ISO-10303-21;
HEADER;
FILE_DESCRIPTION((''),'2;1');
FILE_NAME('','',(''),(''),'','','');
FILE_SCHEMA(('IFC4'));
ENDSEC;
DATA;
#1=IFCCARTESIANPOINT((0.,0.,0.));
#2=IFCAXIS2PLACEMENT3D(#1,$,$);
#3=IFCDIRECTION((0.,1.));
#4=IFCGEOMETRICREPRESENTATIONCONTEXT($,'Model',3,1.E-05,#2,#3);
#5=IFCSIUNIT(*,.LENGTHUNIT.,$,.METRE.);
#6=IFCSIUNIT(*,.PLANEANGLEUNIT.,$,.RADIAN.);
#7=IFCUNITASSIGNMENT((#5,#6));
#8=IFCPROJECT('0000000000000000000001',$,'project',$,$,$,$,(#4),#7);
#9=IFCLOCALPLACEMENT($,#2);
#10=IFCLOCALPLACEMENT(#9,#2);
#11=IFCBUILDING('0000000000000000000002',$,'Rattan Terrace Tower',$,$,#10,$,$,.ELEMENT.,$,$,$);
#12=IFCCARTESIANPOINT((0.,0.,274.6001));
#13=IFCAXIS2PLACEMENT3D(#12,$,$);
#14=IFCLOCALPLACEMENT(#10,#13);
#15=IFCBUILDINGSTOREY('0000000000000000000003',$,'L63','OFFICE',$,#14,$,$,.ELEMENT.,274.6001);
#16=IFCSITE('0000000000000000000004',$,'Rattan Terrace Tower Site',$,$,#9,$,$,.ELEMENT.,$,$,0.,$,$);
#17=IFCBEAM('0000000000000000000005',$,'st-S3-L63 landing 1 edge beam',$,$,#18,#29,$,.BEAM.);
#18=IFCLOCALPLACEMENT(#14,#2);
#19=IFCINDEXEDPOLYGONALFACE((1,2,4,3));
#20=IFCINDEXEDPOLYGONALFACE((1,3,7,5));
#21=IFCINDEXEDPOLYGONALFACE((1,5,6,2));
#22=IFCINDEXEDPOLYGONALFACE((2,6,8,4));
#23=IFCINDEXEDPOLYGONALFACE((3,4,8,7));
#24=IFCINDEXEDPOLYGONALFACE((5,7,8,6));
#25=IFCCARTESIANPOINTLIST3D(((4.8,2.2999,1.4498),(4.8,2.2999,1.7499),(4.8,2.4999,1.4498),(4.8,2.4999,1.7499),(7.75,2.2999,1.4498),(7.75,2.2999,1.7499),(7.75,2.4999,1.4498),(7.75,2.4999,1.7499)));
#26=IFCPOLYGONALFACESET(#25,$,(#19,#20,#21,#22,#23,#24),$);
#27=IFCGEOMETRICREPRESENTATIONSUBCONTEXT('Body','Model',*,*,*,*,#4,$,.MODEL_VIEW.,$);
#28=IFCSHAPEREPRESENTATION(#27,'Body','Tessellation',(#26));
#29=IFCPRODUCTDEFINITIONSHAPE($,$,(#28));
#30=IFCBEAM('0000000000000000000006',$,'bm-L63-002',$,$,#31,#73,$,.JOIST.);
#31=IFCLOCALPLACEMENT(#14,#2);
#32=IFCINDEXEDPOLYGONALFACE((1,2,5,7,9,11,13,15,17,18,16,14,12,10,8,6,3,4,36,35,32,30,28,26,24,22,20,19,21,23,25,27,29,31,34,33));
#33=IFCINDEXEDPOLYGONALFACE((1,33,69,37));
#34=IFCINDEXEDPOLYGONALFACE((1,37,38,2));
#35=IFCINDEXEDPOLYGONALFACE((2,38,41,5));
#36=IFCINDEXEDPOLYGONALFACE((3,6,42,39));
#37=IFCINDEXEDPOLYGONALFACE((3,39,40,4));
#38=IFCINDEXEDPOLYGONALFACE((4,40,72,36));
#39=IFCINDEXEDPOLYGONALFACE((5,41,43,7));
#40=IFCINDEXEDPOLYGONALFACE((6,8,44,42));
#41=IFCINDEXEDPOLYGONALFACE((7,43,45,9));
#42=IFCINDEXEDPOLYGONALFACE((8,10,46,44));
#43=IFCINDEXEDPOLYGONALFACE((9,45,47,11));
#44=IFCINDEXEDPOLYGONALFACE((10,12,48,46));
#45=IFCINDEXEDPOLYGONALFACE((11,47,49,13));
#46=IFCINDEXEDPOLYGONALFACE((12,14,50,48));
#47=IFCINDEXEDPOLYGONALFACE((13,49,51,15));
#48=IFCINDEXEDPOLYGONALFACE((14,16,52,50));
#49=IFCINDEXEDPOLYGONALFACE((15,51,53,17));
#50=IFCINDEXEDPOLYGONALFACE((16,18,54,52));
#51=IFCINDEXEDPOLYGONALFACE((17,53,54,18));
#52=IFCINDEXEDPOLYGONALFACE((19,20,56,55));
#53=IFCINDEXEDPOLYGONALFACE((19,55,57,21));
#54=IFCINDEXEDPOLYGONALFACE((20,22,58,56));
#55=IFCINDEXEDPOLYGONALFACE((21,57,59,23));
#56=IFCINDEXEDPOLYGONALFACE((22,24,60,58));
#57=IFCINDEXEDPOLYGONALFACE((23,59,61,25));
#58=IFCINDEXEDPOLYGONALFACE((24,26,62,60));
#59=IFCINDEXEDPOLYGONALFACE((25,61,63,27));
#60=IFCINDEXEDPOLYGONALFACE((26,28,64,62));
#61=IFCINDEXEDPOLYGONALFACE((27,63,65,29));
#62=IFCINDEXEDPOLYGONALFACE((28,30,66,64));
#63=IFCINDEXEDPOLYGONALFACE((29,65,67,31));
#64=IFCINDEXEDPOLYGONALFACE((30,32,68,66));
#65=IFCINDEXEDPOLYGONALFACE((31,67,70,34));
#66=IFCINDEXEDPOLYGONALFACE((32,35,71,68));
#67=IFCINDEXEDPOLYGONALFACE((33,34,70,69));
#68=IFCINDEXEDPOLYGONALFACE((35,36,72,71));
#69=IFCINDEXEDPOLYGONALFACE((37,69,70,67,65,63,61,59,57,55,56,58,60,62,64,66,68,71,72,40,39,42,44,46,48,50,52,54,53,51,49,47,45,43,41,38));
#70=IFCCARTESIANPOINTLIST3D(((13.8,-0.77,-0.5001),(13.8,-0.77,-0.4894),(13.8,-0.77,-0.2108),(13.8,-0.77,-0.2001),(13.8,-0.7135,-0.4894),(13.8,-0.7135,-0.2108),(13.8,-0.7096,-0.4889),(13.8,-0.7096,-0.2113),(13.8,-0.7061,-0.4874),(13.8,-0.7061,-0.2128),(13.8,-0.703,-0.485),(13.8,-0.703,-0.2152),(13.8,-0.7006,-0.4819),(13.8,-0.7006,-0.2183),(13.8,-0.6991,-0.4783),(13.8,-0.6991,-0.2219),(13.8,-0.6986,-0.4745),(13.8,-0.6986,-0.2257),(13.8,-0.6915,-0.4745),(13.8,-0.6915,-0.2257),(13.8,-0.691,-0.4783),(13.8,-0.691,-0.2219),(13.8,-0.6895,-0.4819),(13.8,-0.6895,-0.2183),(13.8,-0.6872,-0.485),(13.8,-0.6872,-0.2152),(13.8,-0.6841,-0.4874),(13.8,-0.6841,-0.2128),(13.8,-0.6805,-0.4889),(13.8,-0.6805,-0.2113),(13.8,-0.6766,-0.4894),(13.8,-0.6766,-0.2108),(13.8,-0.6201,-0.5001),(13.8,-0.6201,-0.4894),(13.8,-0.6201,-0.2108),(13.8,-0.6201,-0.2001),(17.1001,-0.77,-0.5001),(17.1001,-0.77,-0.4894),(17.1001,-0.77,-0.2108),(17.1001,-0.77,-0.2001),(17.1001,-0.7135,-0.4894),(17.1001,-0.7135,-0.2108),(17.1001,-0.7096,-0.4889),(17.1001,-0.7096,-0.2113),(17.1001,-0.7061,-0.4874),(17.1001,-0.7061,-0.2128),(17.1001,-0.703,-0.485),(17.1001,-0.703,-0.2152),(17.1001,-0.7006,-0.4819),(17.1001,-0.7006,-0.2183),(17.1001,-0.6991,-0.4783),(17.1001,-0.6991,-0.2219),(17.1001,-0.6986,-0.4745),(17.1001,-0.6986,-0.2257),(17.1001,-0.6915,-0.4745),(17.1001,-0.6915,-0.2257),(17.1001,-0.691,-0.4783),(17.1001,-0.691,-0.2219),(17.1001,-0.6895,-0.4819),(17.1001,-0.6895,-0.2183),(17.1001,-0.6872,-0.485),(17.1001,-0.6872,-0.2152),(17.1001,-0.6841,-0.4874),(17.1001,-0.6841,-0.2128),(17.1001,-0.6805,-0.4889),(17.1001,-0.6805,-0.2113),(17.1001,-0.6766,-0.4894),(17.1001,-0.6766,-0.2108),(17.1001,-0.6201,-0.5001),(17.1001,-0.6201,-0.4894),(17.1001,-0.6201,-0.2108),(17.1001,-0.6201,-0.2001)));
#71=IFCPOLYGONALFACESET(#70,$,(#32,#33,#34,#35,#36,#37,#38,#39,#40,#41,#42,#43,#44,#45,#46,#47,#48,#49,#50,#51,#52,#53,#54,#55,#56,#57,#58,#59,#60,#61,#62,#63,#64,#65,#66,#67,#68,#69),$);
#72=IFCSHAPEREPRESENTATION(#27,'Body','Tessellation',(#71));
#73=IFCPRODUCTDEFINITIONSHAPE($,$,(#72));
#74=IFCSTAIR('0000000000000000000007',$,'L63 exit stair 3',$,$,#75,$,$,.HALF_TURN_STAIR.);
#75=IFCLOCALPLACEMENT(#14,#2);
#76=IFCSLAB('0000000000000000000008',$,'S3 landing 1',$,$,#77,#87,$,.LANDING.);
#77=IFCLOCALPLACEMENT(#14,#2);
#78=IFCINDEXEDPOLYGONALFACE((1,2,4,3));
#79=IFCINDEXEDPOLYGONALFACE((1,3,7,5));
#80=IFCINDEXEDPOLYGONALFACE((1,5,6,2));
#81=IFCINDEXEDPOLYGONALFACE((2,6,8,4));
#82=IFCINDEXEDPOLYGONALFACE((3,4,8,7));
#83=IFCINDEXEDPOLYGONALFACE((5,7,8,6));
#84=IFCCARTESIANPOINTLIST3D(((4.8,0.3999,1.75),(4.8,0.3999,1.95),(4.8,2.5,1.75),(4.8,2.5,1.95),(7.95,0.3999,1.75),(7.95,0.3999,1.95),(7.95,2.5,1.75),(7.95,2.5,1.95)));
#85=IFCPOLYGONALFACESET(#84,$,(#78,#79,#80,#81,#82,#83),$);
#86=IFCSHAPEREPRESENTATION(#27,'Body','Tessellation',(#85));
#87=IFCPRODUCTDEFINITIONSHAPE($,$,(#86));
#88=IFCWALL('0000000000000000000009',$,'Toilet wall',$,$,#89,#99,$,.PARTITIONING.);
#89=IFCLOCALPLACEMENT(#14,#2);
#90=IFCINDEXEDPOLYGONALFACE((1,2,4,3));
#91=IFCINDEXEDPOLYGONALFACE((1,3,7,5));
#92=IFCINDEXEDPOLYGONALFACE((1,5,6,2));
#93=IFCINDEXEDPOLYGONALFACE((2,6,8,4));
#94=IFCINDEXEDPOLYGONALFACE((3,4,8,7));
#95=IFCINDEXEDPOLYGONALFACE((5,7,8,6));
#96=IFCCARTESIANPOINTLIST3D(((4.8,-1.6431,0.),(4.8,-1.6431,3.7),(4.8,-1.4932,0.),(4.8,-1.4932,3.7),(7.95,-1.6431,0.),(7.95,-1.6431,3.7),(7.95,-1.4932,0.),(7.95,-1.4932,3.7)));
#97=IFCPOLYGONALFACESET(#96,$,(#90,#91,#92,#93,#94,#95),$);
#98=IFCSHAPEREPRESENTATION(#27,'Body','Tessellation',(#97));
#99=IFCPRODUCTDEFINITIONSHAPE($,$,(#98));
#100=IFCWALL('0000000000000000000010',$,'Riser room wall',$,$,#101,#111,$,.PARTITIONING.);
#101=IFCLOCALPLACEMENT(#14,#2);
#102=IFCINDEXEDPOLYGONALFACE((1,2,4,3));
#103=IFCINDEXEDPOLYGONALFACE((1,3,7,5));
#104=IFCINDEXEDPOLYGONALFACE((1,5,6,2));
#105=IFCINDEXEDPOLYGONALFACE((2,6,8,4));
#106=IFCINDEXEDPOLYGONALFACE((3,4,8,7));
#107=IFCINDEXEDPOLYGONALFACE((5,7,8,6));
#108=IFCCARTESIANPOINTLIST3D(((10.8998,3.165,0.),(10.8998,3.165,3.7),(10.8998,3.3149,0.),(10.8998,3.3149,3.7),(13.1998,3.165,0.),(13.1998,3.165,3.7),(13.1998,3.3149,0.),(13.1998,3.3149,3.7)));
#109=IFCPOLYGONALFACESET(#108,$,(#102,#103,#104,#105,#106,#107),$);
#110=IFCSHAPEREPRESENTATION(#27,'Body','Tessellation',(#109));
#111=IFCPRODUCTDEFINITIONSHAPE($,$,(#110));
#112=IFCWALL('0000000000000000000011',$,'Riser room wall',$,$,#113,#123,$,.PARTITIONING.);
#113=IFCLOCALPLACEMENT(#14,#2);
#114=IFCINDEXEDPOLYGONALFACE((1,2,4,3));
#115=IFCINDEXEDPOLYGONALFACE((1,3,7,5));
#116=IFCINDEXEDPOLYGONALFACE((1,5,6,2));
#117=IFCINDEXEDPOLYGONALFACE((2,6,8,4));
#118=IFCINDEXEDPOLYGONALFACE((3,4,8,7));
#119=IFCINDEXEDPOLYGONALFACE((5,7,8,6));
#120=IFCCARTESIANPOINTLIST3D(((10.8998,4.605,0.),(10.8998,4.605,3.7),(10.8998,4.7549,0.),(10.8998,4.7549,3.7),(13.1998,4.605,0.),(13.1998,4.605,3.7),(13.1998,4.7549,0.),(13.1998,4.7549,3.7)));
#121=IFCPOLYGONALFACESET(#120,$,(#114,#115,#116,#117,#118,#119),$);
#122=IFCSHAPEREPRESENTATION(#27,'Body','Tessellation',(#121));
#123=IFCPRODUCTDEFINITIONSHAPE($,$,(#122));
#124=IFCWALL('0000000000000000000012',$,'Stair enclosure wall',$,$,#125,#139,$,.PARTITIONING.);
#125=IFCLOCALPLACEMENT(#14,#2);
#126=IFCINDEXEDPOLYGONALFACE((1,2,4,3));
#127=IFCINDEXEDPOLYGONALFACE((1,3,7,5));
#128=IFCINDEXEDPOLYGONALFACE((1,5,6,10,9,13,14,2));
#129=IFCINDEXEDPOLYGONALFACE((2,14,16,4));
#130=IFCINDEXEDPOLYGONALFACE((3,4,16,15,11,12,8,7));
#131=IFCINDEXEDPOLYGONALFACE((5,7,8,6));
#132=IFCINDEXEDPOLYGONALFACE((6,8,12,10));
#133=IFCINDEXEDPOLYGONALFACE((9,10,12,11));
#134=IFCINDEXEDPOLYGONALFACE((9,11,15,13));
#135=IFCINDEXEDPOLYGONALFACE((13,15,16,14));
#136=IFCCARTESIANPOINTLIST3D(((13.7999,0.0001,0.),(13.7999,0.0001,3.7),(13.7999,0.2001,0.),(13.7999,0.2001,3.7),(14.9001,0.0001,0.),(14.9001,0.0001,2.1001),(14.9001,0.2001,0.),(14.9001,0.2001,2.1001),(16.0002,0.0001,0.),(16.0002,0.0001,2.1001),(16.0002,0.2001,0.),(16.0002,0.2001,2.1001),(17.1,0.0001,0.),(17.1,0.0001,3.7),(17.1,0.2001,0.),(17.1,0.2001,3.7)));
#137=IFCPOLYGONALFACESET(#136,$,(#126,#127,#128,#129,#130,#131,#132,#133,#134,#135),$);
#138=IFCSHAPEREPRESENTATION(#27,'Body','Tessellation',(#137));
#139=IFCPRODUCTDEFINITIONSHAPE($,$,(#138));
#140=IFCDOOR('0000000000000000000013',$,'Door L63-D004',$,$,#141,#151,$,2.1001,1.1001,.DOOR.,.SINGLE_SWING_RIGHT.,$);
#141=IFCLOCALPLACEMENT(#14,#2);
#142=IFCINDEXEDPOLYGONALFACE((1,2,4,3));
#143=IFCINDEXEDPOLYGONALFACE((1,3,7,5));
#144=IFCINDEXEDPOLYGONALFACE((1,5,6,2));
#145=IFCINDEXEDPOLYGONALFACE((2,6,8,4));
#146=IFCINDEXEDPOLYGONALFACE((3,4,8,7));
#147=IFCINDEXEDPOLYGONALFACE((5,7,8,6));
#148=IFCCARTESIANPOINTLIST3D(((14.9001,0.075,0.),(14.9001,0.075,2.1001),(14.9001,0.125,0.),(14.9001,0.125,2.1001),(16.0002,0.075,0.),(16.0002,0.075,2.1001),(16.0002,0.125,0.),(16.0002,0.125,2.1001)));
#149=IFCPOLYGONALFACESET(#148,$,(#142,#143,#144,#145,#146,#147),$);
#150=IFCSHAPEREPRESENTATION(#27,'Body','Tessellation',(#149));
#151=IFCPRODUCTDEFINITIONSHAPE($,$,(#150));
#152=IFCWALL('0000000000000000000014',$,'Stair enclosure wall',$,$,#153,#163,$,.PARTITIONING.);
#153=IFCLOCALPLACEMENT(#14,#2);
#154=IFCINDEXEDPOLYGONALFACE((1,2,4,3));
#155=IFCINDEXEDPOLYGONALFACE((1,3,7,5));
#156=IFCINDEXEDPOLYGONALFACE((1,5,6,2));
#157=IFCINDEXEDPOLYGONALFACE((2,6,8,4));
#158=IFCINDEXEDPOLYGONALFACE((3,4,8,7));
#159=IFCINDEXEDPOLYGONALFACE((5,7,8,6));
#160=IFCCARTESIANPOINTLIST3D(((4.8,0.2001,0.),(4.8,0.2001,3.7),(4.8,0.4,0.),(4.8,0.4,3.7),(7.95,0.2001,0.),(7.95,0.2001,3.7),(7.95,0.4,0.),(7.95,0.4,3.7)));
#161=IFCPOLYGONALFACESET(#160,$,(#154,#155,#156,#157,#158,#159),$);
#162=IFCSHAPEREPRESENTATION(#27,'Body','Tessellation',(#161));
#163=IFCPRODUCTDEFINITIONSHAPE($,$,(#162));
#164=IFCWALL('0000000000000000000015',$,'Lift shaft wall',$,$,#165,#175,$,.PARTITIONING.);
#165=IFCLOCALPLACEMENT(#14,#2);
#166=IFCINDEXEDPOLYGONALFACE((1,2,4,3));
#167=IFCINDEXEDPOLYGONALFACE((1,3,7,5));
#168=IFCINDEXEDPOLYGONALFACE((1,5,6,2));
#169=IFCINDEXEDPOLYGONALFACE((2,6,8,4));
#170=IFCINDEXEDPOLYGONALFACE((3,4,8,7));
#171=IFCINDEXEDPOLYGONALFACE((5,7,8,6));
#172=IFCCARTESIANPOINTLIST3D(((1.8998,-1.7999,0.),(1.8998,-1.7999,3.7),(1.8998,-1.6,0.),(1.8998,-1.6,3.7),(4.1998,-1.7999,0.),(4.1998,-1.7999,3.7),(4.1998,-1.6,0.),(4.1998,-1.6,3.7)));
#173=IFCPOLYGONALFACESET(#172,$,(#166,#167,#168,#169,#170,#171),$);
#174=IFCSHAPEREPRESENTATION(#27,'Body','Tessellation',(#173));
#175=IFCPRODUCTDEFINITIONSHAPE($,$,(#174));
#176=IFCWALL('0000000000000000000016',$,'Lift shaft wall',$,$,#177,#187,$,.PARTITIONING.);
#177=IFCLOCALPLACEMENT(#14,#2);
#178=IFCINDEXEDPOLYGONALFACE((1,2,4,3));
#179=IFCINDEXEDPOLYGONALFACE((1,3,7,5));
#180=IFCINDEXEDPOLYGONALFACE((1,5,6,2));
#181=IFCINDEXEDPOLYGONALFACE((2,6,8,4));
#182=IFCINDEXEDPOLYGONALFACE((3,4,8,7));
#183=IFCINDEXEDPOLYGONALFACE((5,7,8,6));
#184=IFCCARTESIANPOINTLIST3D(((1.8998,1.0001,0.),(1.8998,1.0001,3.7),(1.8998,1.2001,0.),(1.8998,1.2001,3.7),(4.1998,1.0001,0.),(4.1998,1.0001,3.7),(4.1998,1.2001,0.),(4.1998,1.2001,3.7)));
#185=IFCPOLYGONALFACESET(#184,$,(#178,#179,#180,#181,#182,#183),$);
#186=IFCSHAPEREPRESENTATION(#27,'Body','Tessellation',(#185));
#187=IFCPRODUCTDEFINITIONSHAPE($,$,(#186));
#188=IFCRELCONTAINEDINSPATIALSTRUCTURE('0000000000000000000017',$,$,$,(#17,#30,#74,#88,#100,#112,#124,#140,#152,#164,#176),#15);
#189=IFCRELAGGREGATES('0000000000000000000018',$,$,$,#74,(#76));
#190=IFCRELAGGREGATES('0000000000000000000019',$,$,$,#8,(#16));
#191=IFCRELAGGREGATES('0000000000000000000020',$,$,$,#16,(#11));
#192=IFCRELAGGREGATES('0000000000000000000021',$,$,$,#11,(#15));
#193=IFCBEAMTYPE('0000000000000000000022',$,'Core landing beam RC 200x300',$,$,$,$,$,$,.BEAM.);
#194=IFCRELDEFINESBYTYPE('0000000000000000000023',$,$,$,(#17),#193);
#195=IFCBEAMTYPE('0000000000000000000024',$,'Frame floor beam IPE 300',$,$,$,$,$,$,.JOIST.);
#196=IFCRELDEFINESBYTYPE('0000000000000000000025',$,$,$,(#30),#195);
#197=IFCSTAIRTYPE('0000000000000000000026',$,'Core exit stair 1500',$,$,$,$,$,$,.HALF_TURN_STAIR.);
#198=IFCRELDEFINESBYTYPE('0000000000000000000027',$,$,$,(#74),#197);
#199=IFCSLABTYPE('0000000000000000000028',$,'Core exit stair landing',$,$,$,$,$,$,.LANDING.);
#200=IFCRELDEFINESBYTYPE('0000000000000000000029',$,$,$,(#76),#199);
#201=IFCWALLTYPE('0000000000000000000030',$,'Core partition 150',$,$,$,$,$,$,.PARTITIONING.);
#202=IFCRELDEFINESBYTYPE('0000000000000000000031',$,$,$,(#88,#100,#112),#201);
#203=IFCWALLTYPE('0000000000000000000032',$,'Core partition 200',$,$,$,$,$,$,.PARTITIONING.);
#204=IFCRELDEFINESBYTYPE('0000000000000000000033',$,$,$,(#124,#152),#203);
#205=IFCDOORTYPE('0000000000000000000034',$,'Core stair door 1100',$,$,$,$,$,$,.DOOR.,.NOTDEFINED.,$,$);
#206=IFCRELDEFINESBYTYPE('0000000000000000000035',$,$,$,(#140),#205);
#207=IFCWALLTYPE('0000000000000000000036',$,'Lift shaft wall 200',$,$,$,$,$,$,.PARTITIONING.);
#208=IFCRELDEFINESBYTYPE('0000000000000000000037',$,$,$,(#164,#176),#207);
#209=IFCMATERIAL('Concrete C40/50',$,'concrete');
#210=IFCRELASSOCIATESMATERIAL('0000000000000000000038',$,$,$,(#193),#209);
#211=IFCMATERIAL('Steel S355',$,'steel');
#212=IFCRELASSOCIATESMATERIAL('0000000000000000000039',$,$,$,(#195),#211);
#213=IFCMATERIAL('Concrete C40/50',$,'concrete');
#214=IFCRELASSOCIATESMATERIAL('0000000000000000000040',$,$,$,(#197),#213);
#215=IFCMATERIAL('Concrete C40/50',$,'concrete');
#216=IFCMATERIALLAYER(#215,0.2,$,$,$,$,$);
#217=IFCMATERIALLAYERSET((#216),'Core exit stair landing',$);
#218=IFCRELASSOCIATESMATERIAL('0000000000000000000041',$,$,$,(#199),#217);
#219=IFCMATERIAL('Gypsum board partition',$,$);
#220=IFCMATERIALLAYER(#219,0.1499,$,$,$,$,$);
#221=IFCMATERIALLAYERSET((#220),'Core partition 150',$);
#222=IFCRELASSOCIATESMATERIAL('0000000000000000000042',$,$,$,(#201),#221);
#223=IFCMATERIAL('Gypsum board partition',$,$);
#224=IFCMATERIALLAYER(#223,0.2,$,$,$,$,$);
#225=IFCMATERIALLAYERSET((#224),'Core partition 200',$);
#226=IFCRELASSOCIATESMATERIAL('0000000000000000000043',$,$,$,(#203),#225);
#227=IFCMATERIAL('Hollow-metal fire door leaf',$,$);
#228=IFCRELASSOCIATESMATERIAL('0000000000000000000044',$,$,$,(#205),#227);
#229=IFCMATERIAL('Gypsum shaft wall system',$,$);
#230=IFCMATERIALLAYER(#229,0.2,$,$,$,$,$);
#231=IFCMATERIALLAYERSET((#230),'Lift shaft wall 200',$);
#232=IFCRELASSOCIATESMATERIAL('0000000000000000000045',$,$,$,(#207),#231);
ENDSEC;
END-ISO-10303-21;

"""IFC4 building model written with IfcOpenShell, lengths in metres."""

from ifc_helpers import new_model, si_unit, direction, frame, frame_2d, origin, origin_2d, place, context, subcontext, project, spatial, polyline, rectangle, i_section, outline, extrude, material, layer, layer_set, material_profile, profile_set, type_object, element, fill, aggregate, save


model = new_model("IFC4")

# Units and contexts
model_context = context("Model", 3, precision=1e-05, world=origin(), true_north=direction((0.0, 1.0)))
body_context = subcontext(model_context, "Body", "Model", "MODEL_VIEW")
ifc_project = project(units=[si_unit("LENGTHUNIT", "METRE"), si_unit("PLANEANGLEUNIT", "RADIAN")], contexts=[model_context])

# Site, building, storey
site_placement = place(None, origin())
site = spatial("IfcSite", under=ifc_project, at=site_placement, Name="Rattan Terrace Tower Site", CompositionType="ELEMENT", RefElevation=0.0)
building_placement = place(site_placement, origin())
building = spatial("IfcBuilding", under=site, at=building_placement, Name="Rattan Terrace Tower", CompositionType="ELEMENT")
storey_placement = place(building_placement, frame((0.0, 0.0, 274.6001)))
storey = spatial("IfcBuildingStorey", under=building, at=storey_placement, Name="L63", Description="OFFICE", CompositionType="ELEMENT", Elevation=274.6001)

# Beams
ifc_material_1 = material(Name="Concrete C40/50", Category="concrete")
ifc_material_profile_1 = material_profile(ifc_material_1, rectangle(XDim=0.2, YDim=0.3, at=origin_2d()), Name="RC 200x300")
ifc_profile_set_1 = profile_set([ifc_material_profile_1], Name="Concrete C40/50")
beam_type_1 = type_object("IfcBeamType", Name="Core landing beam RC 200x300", PredefinedType="BEAM", material=ifc_profile_set_1)
beam_1_placement = place(storey_placement, frame((4.8, 2.3999, 1.5999), z_axis=(1.0, 0.0, 0.0), x_axis=(0.0, 1.0, 0.0)))
element("IfcBeam", 1, at=beam_1_placement, inside=storey, type_object=beam_type_1, Name="st-S3-L63 landing 1 edge beam", PredefinedType="BEAM", context=body_context, shape_type="SweptSolid", body=[
    extrude(rectangle(XDim=0.2, YDim=0.3, at=origin_2d()), origin(), (0.0, 0.0, 1.0), 2.95),
])
ifc_material_2 = material(Name="Steel S355", Category="steel")
ifc_material_profile_2 = material_profile(ifc_material_2, i_section(OverallWidth=0.1499, OverallDepth=0.3, WebThickness=0.0071, FlangeThickness=0.0107, FilletRadius=0.0149, at=origin_2d()), Name="IPE 300")
ifc_profile_set_2 = profile_set([ifc_material_profile_2], Name="Steel S355")
beam_type_2 = type_object("IfcBeamType", Name="Frame floor beam IPE 300", PredefinedType="JOIST", material=ifc_profile_set_2)
beam_2_placement = place(storey_placement, frame((13.8, -0.6951, -0.3501), z_axis=(1.0, 0.0, 0.0), x_axis=(0.0, 1.0, 0.0)))
element("IfcBeam", 2, at=beam_2_placement, inside=storey, type_object=beam_type_2, Name="bm-L63-002", PredefinedType="JOIST", context=body_context, shape_type="SweptSolid", body=[
    extrude(i_section(OverallWidth=0.1499, OverallDepth=0.3, WebThickness=0.0071, FlangeThickness=0.0107, FilletRadius=0.0149, at=origin_2d()), origin(), (0.0, 0.0, 1.0), 3.3),
])

# Stair, slab
ifc_material_3 = material(Name="Concrete C40/50", Category="concrete")
stair_type = type_object("IfcStairType", Name="Core exit stair 1500", PredefinedType="HALF_TURN_STAIR", material=ifc_material_3)
stair_1_placement = place(storey_placement, origin())
stair_1 = element("IfcStair", 3, at=stair_1_placement, inside=storey, type_object=stair_type, Name="L63 exit stair 3", PredefinedType="HALF_TURN_STAIR")
ifc_material_4 = material(Name="Concrete C40/50", Category="concrete")
ifc_layer_1 = layer(ifc_material_4, 0.2)
ifc_layer_set_1 = layer_set([ifc_layer_1], Name="Core exit stair landing")
slab_type = type_object("IfcSlabType", Name="Core exit stair landing", PredefinedType="LANDING", material=ifc_layer_set_1)
slab_placement = place(storey_placement, frame((0.0, 0.0, 1.75)))
slab = element("IfcSlab", 4, at=slab_placement, type_object=slab_type, Name="S3 landing 1", PredefinedType="LANDING", context=body_context, shape_type="SweptSolid", body=[
    extrude(outline(polyline([(4.8, 2.5), (4.8, 0.3999), (7.95, 0.3999), (7.95, 2.5), (4.8, 2.5)])), origin(), (0.0, 0.0, 1.0), 0.2),
])

# Walls
ifc_material_5 = material(Name="Gypsum board partition")
ifc_layer_2 = layer(ifc_material_5, 0.1499)
ifc_layer_set_2 = layer_set([ifc_layer_2], Name="Core partition 150")
wall_type_1 = type_object("IfcWallType", Name="Core partition 150", PredefinedType="PARTITIONING", material=ifc_layer_set_2)
wall_1_placement = place(storey_placement, frame((4.8, -1.5681, 0.0), z_axis=(0.0, 0.0, 1.0), x_axis=(1.0, 0.0, 0.0)))
element("IfcWall", 5, at=wall_1_placement, inside=storey, type_object=wall_type_1, Name="Toilet wall", PredefinedType="PARTITIONING", context=body_context, shape_type="SweptSolid", body=[
    extrude(rectangle(XDim=3.1499, YDim=0.1499, at=frame_2d((1.575, 0.0))), origin(), (0.0, 0.0, 1.0), 3.7),
])
for number, where, z_axis, x_axis, name in (
    (6, (10.8999, 3.24, 0.0), (0.0, 0.0, 1.0), (1.0, 0.0, 0.0), "Riser room wall"),
    (7, (10.8999, 4.6799, 0.0), (0.0, 0.0, 1.0), (1.0, 0.0, 0.0), "Riser room wall"),
):
    element("IfcWall", number, at=place(storey_placement, frame(where, z_axis=z_axis, x_axis=x_axis)), inside=storey, type_object=wall_type_1, Name=name, PredefinedType="PARTITIONING", context=body_context, shape_type="SweptSolid", body=[
        extrude(rectangle(XDim=2.3, YDim=0.1499, at=frame_2d((1.1499, 0.0))), origin(), (0.0, 0.0, 1.0), 3.7),
    ])

# Wall, opening, door
ifc_material_6 = material(Name="Gypsum board partition")
ifc_layer_3 = layer(ifc_material_6, 0.2)
ifc_layer_set_3 = layer_set([ifc_layer_3], Name="Core partition 200")
wall_type_2 = type_object("IfcWallType", Name="Core partition 200", PredefinedType="PARTITIONING", material=ifc_layer_set_3)
wall_2_placement = place(storey_placement, frame((13.8, 0.1001, 0.0), z_axis=(0.0, 0.0, 1.0), x_axis=(1.0, 0.0, 0.0)))
wall_2 = element("IfcWall", 8, at=wall_2_placement, inside=storey, type_object=wall_type_2, Name="Stair enclosure wall", PredefinedType="PARTITIONING", context=body_context, shape_type="SweptSolid", body=[
    extrude(rectangle(XDim=3.3, YDim=0.2, at=frame_2d((1.6499, 0.0))), origin(), (0.0, 0.0, 1.0), 3.7),
])
opening_placement = place(wall_2_placement, frame((1.1001, 0.0, 0.0)))
opening = element("IfcOpeningElement", 9, at=opening_placement, cuts=wall_2, PredefinedType="OPENING", context=body_context, shape_type="SweptSolid", body=[
    extrude(rectangle(XDim=1.1001, YDim=2.1001, at=frame_2d((0.55, 1.05))), frame((0.0, 0.1106, 0.0), z_axis=(0.0, -1.0, 0.0), x_axis=(1.0, 0.0, 0.0)), (0.0, 0.0, 1.0), 0.2209),
])
ifc_material_7 = material(Name="Hollow-metal fire door leaf")
door_type = type_object("IfcDoorType", Name="Core stair door 1100", OperationType="NOTDEFINED", PredefinedType="DOOR", material=ifc_material_7)
door_placement = place(opening_placement, origin())
door = element("IfcDoor", 10, at=door_placement, inside=storey, type_object=door_type, Name="Door L63-D004", OperationType="SINGLE_SWING_RIGHT", OverallHeight=2.1001, OverallWidth=1.1001, PredefinedType="DOOR", context=body_context, shape_type="SweptSolid", body=[
    extrude(rectangle(XDim=1.1001, YDim=2.1001, at=frame_2d((0.55, 1.05))), frame((0.0, 0.0249, 0.0), z_axis=(0.0, -1.0, 0.0), x_axis=(1.0, 0.0, 0.0)), (0.0, 0.0, 1.0), 0.05),
])
fill(opening, door)

# Walls
wall_3_placement = place(storey_placement, frame((4.8, 0.3, 0.0), z_axis=(0.0, 0.0, 1.0), x_axis=(1.0, 0.0, 0.0)))
element("IfcWall", 11, at=wall_3_placement, inside=storey, type_object=wall_type_2, Name="Stair enclosure wall", PredefinedType="PARTITIONING", context=body_context, shape_type="SweptSolid", body=[
    extrude(rectangle(XDim=3.1499, YDim=0.2, at=frame_2d((1.575, 0.0))), origin(), (0.0, 0.0, 1.0), 3.7),
])
ifc_material_8 = material(Name="Gypsum shaft wall system")
ifc_layer_4 = layer(ifc_material_8, 0.2)
ifc_layer_set_4 = layer_set([ifc_layer_4], Name="Lift shaft wall 200")
wall_type_3 = type_object("IfcWallType", Name="Lift shaft wall 200", PredefinedType="PARTITIONING", material=ifc_layer_set_4)
for number, where, z_axis, x_axis, name in (
    (12, (1.8999, -1.7, 0.0), (0.0, 0.0, 1.0), (1.0, 0.0, 0.0), "Lift shaft wall"),
    (13, (1.8999, 1.1001, 0.0), (0.0, 0.0, 1.0), (1.0, 0.0, 0.0), "Lift shaft wall"),
):
    element("IfcWall", number, at=place(storey_placement, frame(where, z_axis=z_axis, x_axis=x_axis)), inside=storey, type_object=wall_type_3, Name=name, PredefinedType="PARTITIONING", context=body_context, shape_type="SweptSolid", body=[
        extrude(rectangle(XDim=2.3, YDim=0.2, at=frame_2d((1.1499, 0.0))), origin(), (0.0, 0.0, 1.0), 3.7),
    ])

aggregate(stair_1, [slab])

save(model, "model.ifc")
